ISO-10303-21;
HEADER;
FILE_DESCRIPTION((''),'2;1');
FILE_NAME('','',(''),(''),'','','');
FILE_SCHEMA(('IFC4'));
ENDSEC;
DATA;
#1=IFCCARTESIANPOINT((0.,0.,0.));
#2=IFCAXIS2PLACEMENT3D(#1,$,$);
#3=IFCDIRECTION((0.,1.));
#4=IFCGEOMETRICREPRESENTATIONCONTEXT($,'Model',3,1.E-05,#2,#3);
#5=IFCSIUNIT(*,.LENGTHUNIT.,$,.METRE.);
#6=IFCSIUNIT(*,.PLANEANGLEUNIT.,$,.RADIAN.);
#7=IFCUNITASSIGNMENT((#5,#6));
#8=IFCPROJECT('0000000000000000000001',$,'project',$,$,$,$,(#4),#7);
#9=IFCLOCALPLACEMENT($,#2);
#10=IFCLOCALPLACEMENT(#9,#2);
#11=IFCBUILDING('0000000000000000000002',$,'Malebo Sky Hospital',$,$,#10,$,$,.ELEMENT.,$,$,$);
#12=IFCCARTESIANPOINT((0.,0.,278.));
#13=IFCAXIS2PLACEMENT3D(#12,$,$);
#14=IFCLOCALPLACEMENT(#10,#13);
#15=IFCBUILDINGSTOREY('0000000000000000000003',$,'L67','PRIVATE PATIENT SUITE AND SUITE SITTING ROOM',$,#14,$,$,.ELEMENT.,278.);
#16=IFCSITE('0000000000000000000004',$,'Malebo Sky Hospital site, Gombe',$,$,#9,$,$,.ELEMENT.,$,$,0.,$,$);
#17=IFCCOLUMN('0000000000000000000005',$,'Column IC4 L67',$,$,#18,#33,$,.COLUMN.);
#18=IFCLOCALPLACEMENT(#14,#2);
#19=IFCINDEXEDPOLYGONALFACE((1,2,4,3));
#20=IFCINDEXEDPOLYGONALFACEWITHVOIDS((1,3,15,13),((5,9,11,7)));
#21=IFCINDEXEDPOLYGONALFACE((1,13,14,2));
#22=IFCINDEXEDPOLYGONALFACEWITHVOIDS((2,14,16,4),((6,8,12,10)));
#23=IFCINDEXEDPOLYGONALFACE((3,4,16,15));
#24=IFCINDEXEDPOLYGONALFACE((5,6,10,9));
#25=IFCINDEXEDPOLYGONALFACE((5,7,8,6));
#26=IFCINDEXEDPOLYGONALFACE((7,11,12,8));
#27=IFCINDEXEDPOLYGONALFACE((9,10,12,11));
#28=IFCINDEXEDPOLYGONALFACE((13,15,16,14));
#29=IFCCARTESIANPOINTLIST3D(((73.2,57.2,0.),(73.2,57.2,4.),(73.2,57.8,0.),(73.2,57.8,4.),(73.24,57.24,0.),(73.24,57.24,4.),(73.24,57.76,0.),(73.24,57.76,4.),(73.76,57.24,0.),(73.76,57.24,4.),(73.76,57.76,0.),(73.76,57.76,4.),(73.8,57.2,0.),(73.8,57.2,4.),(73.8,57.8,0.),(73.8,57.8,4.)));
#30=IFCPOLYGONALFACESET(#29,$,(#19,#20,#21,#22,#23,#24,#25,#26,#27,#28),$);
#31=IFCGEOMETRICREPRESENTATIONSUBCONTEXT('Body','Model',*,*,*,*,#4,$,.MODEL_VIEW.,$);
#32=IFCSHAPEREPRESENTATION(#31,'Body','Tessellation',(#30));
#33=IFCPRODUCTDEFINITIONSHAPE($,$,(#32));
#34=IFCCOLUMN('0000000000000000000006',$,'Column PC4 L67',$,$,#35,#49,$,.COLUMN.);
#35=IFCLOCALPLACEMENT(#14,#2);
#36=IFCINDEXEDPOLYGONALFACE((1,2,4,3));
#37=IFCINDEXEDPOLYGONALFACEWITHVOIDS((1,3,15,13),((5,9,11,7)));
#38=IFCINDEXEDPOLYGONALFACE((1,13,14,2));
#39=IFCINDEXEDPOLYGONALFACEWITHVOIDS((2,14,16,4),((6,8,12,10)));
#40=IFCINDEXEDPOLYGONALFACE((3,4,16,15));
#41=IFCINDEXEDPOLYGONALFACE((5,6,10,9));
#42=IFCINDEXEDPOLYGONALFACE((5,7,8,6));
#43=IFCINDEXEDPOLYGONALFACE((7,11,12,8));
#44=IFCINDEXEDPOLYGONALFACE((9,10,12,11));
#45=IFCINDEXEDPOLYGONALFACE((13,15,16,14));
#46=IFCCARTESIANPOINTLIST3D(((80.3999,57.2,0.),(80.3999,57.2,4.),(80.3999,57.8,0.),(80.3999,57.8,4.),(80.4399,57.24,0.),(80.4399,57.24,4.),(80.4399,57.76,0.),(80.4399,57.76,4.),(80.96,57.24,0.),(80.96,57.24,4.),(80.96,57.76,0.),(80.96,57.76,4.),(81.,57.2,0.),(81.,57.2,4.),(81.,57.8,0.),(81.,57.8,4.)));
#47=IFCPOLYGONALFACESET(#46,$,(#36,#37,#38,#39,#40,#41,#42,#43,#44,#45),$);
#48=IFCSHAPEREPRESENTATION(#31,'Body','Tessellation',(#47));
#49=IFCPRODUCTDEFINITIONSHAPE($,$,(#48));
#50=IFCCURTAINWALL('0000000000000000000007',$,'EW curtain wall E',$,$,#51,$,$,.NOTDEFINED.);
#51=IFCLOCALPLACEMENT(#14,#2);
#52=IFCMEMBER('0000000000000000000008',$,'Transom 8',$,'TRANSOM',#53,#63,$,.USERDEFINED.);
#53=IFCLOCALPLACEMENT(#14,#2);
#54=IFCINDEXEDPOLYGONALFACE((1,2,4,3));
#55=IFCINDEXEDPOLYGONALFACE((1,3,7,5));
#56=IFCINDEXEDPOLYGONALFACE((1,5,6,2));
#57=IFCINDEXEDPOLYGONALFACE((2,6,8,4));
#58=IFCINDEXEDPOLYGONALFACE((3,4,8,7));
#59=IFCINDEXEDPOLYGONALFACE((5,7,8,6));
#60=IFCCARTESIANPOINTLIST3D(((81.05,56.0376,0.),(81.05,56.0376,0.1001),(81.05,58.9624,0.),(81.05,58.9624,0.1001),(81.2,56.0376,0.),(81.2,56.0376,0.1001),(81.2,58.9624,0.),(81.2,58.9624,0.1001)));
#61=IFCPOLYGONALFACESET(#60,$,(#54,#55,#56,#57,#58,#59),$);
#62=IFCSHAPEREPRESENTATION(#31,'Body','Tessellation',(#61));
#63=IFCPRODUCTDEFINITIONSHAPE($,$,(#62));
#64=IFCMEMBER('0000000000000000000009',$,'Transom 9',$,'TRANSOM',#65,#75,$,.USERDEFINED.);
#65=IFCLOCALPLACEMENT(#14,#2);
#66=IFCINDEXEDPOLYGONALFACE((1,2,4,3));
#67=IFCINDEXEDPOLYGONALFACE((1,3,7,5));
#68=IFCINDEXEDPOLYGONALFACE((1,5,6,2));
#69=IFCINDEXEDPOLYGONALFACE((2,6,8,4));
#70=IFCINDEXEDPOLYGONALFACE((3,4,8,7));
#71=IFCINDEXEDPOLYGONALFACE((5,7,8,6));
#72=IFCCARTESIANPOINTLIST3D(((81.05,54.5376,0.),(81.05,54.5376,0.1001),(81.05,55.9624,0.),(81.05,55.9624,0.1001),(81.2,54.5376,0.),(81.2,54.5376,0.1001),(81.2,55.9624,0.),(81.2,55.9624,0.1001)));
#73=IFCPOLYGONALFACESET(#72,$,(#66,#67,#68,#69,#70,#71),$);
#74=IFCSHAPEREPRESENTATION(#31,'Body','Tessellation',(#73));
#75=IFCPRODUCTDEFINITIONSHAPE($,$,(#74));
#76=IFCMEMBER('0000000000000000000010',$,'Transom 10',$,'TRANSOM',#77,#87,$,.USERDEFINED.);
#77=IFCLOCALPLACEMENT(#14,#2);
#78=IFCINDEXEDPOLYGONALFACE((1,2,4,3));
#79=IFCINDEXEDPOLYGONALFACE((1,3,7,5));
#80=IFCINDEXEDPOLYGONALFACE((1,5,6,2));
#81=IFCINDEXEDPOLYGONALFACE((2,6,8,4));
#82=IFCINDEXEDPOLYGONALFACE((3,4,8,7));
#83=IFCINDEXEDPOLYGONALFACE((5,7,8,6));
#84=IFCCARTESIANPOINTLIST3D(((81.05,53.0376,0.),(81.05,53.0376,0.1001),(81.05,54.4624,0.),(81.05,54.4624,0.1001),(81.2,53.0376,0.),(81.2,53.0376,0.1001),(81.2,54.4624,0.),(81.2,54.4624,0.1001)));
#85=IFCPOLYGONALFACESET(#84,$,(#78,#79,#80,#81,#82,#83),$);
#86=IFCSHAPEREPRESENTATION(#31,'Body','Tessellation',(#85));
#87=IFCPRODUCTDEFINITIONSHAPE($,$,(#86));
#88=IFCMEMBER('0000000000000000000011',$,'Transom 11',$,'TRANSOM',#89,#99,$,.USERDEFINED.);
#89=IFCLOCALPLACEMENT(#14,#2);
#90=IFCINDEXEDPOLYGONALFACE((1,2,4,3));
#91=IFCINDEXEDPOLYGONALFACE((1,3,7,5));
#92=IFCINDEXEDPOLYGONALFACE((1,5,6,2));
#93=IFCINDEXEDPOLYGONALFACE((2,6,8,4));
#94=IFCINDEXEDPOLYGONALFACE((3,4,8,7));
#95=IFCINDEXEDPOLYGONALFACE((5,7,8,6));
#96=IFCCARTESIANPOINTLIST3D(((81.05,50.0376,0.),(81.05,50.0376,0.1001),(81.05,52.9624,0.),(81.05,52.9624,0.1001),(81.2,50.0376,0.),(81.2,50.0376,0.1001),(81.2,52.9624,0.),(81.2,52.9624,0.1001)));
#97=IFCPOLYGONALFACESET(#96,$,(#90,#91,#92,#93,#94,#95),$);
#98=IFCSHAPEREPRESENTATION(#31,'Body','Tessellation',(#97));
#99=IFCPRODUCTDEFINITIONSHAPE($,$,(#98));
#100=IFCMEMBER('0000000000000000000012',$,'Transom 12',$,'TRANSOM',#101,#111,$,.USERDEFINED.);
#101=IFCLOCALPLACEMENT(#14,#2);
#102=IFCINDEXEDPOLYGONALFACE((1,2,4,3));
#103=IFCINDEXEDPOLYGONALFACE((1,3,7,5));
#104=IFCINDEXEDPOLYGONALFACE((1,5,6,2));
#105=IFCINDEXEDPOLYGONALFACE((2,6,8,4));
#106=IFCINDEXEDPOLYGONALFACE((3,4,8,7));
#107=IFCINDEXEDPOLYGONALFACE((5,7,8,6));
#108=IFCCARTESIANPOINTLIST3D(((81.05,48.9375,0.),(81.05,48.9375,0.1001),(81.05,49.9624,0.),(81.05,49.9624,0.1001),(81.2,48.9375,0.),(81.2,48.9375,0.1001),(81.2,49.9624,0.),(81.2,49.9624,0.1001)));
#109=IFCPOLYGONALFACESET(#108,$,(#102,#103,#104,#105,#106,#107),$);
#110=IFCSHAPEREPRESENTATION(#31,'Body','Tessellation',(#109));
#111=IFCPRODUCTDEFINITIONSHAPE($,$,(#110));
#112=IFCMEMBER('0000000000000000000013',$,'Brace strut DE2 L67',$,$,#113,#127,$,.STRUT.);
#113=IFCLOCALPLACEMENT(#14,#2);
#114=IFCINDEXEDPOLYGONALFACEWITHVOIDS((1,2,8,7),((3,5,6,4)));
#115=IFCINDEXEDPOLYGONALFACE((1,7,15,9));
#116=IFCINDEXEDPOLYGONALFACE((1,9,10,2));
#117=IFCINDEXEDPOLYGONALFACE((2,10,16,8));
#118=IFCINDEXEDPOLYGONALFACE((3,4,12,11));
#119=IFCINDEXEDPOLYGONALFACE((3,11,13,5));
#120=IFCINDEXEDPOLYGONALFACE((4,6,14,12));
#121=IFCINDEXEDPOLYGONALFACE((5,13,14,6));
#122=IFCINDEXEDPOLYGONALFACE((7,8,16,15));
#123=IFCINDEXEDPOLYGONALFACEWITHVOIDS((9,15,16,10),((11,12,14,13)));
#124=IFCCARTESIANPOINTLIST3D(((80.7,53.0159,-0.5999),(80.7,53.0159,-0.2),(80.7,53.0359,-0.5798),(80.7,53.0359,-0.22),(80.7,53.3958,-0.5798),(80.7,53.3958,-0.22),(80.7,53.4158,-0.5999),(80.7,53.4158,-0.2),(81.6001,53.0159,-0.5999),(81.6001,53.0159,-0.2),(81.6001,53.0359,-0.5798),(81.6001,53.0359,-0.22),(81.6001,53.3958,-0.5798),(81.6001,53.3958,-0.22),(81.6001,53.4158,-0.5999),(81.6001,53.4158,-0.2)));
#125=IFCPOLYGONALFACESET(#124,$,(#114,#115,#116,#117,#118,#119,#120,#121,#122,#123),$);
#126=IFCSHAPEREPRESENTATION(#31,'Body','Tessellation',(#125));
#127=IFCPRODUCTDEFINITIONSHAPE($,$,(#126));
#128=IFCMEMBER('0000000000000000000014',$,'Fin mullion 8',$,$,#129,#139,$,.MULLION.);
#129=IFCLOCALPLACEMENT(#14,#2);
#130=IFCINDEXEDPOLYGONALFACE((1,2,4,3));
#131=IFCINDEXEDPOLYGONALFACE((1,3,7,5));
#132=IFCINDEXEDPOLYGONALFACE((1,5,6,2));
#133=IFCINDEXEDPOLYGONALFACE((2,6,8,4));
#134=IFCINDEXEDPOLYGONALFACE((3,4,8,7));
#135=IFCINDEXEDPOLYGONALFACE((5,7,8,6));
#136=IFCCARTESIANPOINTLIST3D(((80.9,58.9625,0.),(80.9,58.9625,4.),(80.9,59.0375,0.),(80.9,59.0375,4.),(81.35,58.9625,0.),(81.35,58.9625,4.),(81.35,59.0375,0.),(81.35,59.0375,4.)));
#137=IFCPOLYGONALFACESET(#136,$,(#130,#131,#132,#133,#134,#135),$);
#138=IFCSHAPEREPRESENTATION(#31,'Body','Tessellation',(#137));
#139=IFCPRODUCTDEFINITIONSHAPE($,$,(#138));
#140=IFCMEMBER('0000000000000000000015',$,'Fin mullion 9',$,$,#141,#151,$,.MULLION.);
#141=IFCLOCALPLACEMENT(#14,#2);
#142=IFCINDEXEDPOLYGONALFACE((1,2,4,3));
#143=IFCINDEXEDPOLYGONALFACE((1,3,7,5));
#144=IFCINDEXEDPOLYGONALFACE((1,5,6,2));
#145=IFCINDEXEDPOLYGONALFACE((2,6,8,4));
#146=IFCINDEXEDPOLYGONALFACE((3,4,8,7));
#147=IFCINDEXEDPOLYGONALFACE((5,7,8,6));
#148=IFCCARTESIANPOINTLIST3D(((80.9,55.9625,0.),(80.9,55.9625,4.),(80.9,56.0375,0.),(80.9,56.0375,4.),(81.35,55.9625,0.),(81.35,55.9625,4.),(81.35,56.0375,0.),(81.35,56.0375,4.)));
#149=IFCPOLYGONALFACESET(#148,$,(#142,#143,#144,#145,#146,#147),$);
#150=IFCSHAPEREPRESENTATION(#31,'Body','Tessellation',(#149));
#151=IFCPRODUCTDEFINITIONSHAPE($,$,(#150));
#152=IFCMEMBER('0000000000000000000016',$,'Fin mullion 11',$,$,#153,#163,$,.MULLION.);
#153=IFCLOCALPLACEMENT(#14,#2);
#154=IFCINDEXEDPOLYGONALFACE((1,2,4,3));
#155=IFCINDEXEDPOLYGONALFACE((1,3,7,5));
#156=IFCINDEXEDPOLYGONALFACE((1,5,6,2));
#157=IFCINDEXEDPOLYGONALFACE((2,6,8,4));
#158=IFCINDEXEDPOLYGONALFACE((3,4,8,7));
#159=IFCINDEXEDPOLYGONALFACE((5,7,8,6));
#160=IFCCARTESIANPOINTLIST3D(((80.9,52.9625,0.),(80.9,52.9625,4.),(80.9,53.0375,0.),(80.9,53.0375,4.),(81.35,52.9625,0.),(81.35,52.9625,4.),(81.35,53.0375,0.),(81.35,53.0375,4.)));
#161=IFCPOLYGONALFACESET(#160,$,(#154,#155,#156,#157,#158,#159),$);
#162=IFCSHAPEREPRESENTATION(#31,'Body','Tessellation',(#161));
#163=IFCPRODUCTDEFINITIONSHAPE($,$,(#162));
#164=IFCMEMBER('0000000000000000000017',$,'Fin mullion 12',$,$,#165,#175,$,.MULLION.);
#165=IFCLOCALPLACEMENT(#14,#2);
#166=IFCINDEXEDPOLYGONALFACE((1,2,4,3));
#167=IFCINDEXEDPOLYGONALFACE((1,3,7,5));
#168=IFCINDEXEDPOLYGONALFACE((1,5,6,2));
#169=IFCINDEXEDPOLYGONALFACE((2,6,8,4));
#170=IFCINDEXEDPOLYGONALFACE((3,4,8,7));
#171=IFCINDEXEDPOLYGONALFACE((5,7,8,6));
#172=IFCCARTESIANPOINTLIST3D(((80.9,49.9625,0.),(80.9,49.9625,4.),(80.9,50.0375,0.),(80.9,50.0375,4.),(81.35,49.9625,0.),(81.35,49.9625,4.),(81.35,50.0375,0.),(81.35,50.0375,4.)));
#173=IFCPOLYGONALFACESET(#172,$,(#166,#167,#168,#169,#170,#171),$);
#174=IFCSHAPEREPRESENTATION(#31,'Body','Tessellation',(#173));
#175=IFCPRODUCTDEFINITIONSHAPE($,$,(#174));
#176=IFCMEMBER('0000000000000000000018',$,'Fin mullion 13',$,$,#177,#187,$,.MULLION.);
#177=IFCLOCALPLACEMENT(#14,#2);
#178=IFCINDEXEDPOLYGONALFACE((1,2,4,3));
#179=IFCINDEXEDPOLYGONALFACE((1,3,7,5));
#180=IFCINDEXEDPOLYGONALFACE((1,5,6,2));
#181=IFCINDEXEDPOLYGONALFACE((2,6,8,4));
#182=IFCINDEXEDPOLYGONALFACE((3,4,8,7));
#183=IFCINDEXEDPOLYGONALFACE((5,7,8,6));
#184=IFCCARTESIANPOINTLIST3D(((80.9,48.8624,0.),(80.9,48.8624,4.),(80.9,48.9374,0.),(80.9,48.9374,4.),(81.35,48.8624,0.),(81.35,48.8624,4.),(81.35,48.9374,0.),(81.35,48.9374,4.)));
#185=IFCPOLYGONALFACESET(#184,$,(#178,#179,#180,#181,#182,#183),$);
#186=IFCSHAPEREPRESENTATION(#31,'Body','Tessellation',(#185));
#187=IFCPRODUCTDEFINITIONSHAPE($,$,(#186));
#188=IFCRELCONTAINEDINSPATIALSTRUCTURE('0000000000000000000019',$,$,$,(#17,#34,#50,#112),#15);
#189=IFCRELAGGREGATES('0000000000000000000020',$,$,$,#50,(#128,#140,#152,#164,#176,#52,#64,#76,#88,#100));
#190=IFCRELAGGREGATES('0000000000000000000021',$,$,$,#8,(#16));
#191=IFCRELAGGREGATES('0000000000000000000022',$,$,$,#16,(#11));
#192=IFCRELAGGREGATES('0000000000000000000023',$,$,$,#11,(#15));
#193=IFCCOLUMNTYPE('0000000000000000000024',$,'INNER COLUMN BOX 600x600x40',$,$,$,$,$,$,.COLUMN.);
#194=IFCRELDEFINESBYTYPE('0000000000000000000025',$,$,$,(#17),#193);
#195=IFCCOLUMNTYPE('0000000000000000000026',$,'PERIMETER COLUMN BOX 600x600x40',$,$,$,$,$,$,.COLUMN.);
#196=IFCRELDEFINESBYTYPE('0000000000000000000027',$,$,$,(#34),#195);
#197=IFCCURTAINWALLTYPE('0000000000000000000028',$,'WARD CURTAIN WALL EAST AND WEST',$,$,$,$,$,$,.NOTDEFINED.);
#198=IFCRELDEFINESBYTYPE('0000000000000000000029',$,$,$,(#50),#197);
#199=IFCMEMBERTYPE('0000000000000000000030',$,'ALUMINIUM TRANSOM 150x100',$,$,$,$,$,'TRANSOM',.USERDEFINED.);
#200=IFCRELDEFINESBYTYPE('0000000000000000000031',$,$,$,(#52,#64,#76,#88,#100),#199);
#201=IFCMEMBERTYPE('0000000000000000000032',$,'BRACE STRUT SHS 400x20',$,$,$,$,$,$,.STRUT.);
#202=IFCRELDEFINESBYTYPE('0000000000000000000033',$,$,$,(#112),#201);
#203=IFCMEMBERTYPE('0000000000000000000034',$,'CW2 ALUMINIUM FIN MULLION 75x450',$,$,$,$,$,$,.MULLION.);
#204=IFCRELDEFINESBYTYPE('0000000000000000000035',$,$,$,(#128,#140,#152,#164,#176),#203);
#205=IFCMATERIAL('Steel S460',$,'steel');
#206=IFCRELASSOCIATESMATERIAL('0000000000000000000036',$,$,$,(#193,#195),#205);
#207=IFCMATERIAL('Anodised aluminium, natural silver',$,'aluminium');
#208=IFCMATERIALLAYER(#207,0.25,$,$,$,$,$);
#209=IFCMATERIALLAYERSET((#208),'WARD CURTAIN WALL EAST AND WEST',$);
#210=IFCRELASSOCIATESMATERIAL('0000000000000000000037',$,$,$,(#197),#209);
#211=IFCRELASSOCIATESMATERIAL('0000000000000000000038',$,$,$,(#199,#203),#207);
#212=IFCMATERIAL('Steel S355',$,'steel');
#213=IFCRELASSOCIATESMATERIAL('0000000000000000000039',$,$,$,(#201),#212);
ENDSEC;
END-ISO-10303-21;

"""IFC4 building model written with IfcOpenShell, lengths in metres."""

from ifc_helpers import new_model, si_unit, direction, frame, origin, origin_2d, place, context, subcontext, project, spatial, rectangle, hollow_rectangle, extrude, material, layer, layer_set, material_profile, profile_set, type_object, element, aggregate, save


model = new_model("IFC4")

# Units and contexts
model_context = context("Model", 3, precision=1e-05, world=origin(), true_north=direction((0.0, 1.0)))
body_context = subcontext(model_context, "Body", "Model", "MODEL_VIEW")
ifc_project = project(units=[si_unit("LENGTHUNIT", "METRE"), si_unit("PLANEANGLEUNIT", "RADIAN")], contexts=[model_context])

# Site, building, storey
site_placement = place(None, origin())
site = spatial("IfcSite", under=ifc_project, at=site_placement, Name="Malebo Sky Hospital site, Gombe", CompositionType="ELEMENT", RefElevation=0.0)
building_placement = place(site_placement, origin())
building = spatial("IfcBuilding", under=site, at=building_placement, Name="Malebo Sky Hospital", CompositionType="ELEMENT")
storey_placement = place(building_placement, frame((0.0, 0.0, 278.0)))
storey = spatial("IfcBuildingStorey", under=building, at=storey_placement, Name="L67", Description="PRIVATE PATIENT SUITE AND SUITE SITTING ROOM", CompositionType="ELEMENT", Elevation=278.0)

# Columns
ifc_material_1 = material(Name="Steel S460", Category="steel")
ifc_material_profile_1 = material_profile(ifc_material_1, hollow_rectangle(XDim=0.6001, YDim=0.6001, WallThickness=0.04, at=origin_2d()), Name="BOX 600x600x40")
ifc_profile_set_1 = profile_set([ifc_material_profile_1], Name="Steel S460")
column_type_1 = type_object("IfcColumnType", Name="INNER COLUMN BOX 600x600x40", PredefinedType="COLUMN", material=ifc_profile_set_1)
column_1_placement = place(storey_placement, frame((73.5, 57.5, 0.0), z_axis=(0.0, 0.0, 1.0), x_axis=(1.0, 0.0, 0.0)))
element("IfcColumn", 1, at=column_1_placement, inside=storey, type_object=column_type_1, Name="Column IC4 L67", PredefinedType="COLUMN", context=body_context, shape_type="SweptSolid", body=[
    extrude(hollow_rectangle(XDim=0.6001, YDim=0.6001, WallThickness=0.04, at=origin_2d()), origin(), (0.0, 0.0, 1.0), 4.0),
])
ifc_material_profile_2 = material_profile(ifc_material_1, hollow_rectangle(XDim=0.6001, YDim=0.6001, WallThickness=0.04, at=origin_2d()), Name="BOX 600x600x40")
ifc_profile_set_2 = profile_set([ifc_material_profile_2], Name="Steel S460")
column_type_2 = type_object("IfcColumnType", Name="PERIMETER COLUMN BOX 600x600x40", PredefinedType="COLUMN", material=ifc_profile_set_2)
column_2_placement = place(storey_placement, frame((80.7, 57.5, 0.0), z_axis=(0.0, 0.0, 1.0), x_axis=(1.0, 0.0, 0.0)))
element("IfcColumn", 2, at=column_2_placement, inside=storey, type_object=column_type_2, Name="Column PC4 L67", PredefinedType="COLUMN", context=body_context, shape_type="SweptSolid", body=[
    extrude(hollow_rectangle(XDim=0.6001, YDim=0.6001, WallThickness=0.04, at=origin_2d()), origin(), (0.0, 0.0, 1.0), 4.0),
])

# Curtain wall, members
ifc_material_2 = material(Name="Anodised aluminium, natural silver", Category="aluminium")
ifc_layer_1 = layer(ifc_material_2, 0.25)
ifc_layer_set_1 = layer_set([ifc_layer_1], Name="WARD CURTAIN WALL EAST AND WEST")
curtain_wall_type = type_object("IfcCurtainWallType", Name="WARD CURTAIN WALL EAST AND WEST", PredefinedType="NOTDEFINED", material=ifc_layer_set_1)
curtain_wall_placement = place(storey_placement, origin())
curtain_wall = element("IfcCurtainWall", 3, at=curtain_wall_placement, inside=storey, type_object=curtain_wall_type, Name="EW curtain wall E", PredefinedType="NOTDEFINED")
ifc_material_profile_3 = material_profile(ifc_material_2, rectangle(XDim=0.1499, YDim=0.1001, at=origin_2d()), Name="ALUMINIUM TRANSOM 150x100")
ifc_profile_set_3 = profile_set([ifc_material_profile_3], Name="Anodised aluminium, natural silver")
member_type_1 = type_object("IfcMemberType", Name="ALUMINIUM TRANSOM 150x100", ElementType="TRANSOM", PredefinedType="USERDEFINED", material=ifc_profile_set_3)
member_1_placement = place(storey_placement, frame((81.125, 58.9624, 0.05), z_axis=(0.0, -1.0, 0.0), x_axis=(1.0, 0.0, 0.0)))
member_1 = element("IfcMember", 4, at=member_1_placement, type_object=member_type_1, Name="Transom 8", ObjectType="TRANSOM", PredefinedType="USERDEFINED", context=body_context, shape_type="SweptSolid", body=[
    extrude(rectangle(XDim=0.1499, YDim=0.1001, at=origin_2d()), origin(), (0.0, 0.0, 1.0), 2.9248),
])
member_2_placement = place(storey_placement, frame((81.125, 55.9624, 0.05), z_axis=(0.0, -1.0, 0.0), x_axis=(1.0, 0.0, 0.0)))
member_2 = element("IfcMember", 5, at=member_2_placement, type_object=member_type_1, Name="Transom 9", ObjectType="TRANSOM", PredefinedType="USERDEFINED", context=body_context, shape_type="SweptSolid", body=[
    extrude(rectangle(XDim=0.1499, YDim=0.1001, at=origin_2d()), origin(), (0.0, 0.0, 1.0), 1.4248),
])
member_3_placement = place(storey_placement, frame((81.125, 54.4624, 0.05), z_axis=(0.0, -1.0, 0.0), x_axis=(1.0, 0.0, 0.0)))
member_3 = element("IfcMember", 6, at=member_3_placement, type_object=member_type_1, Name="Transom 10", ObjectType="TRANSOM", PredefinedType="USERDEFINED", context=body_context, shape_type="SweptSolid", body=[
    extrude(rectangle(XDim=0.1499, YDim=0.1001, at=origin_2d()), origin(), (0.0, 0.0, 1.0), 1.4248),
])
member_4_placement = place(storey_placement, frame((81.125, 52.9624, 0.05), z_axis=(0.0, -1.0, 0.0), x_axis=(1.0, 0.0, 0.0)))
member_4 = element("IfcMember", 7, at=member_4_placement, type_object=member_type_1, Name="Transom 11", ObjectType="TRANSOM", PredefinedType="USERDEFINED", context=body_context, shape_type="SweptSolid", body=[
    extrude(rectangle(XDim=0.1499, YDim=0.1001, at=origin_2d()), origin(), (0.0, 0.0, 1.0), 2.9248),
])
member_5_placement = place(storey_placement, frame((81.125, 49.9624, 0.05), z_axis=(0.0, -1.0, 0.0), x_axis=(1.0, 0.0, 0.0)))
member_5 = element("IfcMember", 8, at=member_5_placement, type_object=member_type_1, Name="Transom 12", ObjectType="TRANSOM", PredefinedType="USERDEFINED", context=body_context, shape_type="SweptSolid", body=[
    extrude(rectangle(XDim=0.1499, YDim=0.1001, at=origin_2d()), origin(), (0.0, 0.0, 1.0), 1.0249),
])

# Members
ifc_material_3 = material(Name="Steel S355", Category="steel")
ifc_material_profile_4 = material_profile(ifc_material_3, hollow_rectangle(XDim=0.3999, YDim=0.3999, WallThickness=0.02, at=origin_2d()), Name="SHS 400x20")
ifc_profile_set_4 = profile_set([ifc_material_profile_4], Name="Steel S355")
member_type_2 = type_object("IfcMemberType", Name="BRACE STRUT SHS 400x20", PredefinedType="STRUT", material=ifc_profile_set_4)
member_6_placement = place(storey_placement, frame((81.6001, 53.2158, -0.3999), z_axis=(-1.0, 0.0, 0.0), x_axis=(0.0, -1.0, 0.0)))
element("IfcMember", 9, at=member_6_placement, inside=storey, type_object=member_type_2, Name="Brace strut DE2 L67", PredefinedType="STRUT", context=body_context, shape_type="SweptSolid", body=[
    extrude(hollow_rectangle(XDim=0.3999, YDim=0.3999, WallThickness=0.02, at=origin_2d()), origin(), (0.0, 0.0, 1.0), 0.9001),
])
ifc_material_profile_5 = material_profile(ifc_material_2, rectangle(XDim=0.075, YDim=0.45, at=origin_2d()), Name="CW2 ALUMINIUM FIN MULLION 75x450")
ifc_profile_set_5 = profile_set([ifc_material_profile_5], Name="Anodised aluminium, natural silver")
member_type_3 = type_object("IfcMemberType", Name="CW2 ALUMINIUM FIN MULLION 75x450", PredefinedType="MULLION", material=ifc_profile_set_5)
member_7_placement = place(storey_placement, frame((81.125, 59.0, 0.0), z_axis=(0.0, 0.0, 1.0), x_axis=(0.0, -1.0, 0.0)))
member_7 = element("IfcMember", 10, at=member_7_placement, type_object=member_type_3, Name="Fin mullion 8", PredefinedType="MULLION", context=body_context, shape_type="SweptSolid", body=[
    extrude(rectangle(XDim=0.075, YDim=0.45, at=origin_2d()), origin(), (0.0, 0.0, 1.0), 4.0),
])
member_8_placement = place(storey_placement, frame((81.125, 56.0, 0.0), z_axis=(0.0, 0.0, 1.0), x_axis=(0.0, -1.0, 0.0)))
member_8 = element("IfcMember", 11, at=member_8_placement, type_object=member_type_3, Name="Fin mullion 9", PredefinedType="MULLION", context=body_context, shape_type="SweptSolid", body=[
    extrude(rectangle(XDim=0.075, YDim=0.45, at=origin_2d()), origin(), (0.0, 0.0, 1.0), 4.0),
])
member_9_placement = place(storey_placement, frame((81.125, 53.0, 0.0), z_axis=(0.0, 0.0, 1.0), x_axis=(0.0, -1.0, 0.0)))
member_9 = element("IfcMember", 12, at=member_9_placement, type_object=member_type_3, Name="Fin mullion 11", PredefinedType="MULLION", context=body_context, shape_type="SweptSolid", body=[
    extrude(rectangle(XDim=0.075, YDim=0.45, at=origin_2d()), origin(), (0.0, 0.0, 1.0), 4.0),
])
member_10_placement = place(storey_placement, frame((81.125, 50.0, 0.0), z_axis=(0.0, 0.0, 1.0), x_axis=(0.0, -1.0, 0.0)))
member_10 = element("IfcMember", 13, at=member_10_placement, type_object=member_type_3, Name="Fin mullion 12", PredefinedType="MULLION", context=body_context, shape_type="SweptSolid", body=[
    extrude(rectangle(XDim=0.075, YDim=0.45, at=origin_2d()), origin(), (0.0, 0.0, 1.0), 4.0),
])
member_11_placement = place(storey_placement, frame((81.125, 48.8999, 0.0), z_axis=(0.0, 0.0, 1.0), x_axis=(0.0, -1.0, 0.0)))
member_11 = element("IfcMember", 14, at=member_11_placement, type_object=member_type_3, Name="Fin mullion 13", PredefinedType="MULLION", context=body_context, shape_type="SweptSolid", body=[
    extrude(rectangle(XDim=0.075, YDim=0.45, at=origin_2d()), origin(), (0.0, 0.0, 1.0), 4.0),
])

aggregate(curtain_wall, [member_7, member_8, member_9, member_10, member_11, member_1, member_2, member_3, member_4, member_5])

save(model, "model.ifc")
